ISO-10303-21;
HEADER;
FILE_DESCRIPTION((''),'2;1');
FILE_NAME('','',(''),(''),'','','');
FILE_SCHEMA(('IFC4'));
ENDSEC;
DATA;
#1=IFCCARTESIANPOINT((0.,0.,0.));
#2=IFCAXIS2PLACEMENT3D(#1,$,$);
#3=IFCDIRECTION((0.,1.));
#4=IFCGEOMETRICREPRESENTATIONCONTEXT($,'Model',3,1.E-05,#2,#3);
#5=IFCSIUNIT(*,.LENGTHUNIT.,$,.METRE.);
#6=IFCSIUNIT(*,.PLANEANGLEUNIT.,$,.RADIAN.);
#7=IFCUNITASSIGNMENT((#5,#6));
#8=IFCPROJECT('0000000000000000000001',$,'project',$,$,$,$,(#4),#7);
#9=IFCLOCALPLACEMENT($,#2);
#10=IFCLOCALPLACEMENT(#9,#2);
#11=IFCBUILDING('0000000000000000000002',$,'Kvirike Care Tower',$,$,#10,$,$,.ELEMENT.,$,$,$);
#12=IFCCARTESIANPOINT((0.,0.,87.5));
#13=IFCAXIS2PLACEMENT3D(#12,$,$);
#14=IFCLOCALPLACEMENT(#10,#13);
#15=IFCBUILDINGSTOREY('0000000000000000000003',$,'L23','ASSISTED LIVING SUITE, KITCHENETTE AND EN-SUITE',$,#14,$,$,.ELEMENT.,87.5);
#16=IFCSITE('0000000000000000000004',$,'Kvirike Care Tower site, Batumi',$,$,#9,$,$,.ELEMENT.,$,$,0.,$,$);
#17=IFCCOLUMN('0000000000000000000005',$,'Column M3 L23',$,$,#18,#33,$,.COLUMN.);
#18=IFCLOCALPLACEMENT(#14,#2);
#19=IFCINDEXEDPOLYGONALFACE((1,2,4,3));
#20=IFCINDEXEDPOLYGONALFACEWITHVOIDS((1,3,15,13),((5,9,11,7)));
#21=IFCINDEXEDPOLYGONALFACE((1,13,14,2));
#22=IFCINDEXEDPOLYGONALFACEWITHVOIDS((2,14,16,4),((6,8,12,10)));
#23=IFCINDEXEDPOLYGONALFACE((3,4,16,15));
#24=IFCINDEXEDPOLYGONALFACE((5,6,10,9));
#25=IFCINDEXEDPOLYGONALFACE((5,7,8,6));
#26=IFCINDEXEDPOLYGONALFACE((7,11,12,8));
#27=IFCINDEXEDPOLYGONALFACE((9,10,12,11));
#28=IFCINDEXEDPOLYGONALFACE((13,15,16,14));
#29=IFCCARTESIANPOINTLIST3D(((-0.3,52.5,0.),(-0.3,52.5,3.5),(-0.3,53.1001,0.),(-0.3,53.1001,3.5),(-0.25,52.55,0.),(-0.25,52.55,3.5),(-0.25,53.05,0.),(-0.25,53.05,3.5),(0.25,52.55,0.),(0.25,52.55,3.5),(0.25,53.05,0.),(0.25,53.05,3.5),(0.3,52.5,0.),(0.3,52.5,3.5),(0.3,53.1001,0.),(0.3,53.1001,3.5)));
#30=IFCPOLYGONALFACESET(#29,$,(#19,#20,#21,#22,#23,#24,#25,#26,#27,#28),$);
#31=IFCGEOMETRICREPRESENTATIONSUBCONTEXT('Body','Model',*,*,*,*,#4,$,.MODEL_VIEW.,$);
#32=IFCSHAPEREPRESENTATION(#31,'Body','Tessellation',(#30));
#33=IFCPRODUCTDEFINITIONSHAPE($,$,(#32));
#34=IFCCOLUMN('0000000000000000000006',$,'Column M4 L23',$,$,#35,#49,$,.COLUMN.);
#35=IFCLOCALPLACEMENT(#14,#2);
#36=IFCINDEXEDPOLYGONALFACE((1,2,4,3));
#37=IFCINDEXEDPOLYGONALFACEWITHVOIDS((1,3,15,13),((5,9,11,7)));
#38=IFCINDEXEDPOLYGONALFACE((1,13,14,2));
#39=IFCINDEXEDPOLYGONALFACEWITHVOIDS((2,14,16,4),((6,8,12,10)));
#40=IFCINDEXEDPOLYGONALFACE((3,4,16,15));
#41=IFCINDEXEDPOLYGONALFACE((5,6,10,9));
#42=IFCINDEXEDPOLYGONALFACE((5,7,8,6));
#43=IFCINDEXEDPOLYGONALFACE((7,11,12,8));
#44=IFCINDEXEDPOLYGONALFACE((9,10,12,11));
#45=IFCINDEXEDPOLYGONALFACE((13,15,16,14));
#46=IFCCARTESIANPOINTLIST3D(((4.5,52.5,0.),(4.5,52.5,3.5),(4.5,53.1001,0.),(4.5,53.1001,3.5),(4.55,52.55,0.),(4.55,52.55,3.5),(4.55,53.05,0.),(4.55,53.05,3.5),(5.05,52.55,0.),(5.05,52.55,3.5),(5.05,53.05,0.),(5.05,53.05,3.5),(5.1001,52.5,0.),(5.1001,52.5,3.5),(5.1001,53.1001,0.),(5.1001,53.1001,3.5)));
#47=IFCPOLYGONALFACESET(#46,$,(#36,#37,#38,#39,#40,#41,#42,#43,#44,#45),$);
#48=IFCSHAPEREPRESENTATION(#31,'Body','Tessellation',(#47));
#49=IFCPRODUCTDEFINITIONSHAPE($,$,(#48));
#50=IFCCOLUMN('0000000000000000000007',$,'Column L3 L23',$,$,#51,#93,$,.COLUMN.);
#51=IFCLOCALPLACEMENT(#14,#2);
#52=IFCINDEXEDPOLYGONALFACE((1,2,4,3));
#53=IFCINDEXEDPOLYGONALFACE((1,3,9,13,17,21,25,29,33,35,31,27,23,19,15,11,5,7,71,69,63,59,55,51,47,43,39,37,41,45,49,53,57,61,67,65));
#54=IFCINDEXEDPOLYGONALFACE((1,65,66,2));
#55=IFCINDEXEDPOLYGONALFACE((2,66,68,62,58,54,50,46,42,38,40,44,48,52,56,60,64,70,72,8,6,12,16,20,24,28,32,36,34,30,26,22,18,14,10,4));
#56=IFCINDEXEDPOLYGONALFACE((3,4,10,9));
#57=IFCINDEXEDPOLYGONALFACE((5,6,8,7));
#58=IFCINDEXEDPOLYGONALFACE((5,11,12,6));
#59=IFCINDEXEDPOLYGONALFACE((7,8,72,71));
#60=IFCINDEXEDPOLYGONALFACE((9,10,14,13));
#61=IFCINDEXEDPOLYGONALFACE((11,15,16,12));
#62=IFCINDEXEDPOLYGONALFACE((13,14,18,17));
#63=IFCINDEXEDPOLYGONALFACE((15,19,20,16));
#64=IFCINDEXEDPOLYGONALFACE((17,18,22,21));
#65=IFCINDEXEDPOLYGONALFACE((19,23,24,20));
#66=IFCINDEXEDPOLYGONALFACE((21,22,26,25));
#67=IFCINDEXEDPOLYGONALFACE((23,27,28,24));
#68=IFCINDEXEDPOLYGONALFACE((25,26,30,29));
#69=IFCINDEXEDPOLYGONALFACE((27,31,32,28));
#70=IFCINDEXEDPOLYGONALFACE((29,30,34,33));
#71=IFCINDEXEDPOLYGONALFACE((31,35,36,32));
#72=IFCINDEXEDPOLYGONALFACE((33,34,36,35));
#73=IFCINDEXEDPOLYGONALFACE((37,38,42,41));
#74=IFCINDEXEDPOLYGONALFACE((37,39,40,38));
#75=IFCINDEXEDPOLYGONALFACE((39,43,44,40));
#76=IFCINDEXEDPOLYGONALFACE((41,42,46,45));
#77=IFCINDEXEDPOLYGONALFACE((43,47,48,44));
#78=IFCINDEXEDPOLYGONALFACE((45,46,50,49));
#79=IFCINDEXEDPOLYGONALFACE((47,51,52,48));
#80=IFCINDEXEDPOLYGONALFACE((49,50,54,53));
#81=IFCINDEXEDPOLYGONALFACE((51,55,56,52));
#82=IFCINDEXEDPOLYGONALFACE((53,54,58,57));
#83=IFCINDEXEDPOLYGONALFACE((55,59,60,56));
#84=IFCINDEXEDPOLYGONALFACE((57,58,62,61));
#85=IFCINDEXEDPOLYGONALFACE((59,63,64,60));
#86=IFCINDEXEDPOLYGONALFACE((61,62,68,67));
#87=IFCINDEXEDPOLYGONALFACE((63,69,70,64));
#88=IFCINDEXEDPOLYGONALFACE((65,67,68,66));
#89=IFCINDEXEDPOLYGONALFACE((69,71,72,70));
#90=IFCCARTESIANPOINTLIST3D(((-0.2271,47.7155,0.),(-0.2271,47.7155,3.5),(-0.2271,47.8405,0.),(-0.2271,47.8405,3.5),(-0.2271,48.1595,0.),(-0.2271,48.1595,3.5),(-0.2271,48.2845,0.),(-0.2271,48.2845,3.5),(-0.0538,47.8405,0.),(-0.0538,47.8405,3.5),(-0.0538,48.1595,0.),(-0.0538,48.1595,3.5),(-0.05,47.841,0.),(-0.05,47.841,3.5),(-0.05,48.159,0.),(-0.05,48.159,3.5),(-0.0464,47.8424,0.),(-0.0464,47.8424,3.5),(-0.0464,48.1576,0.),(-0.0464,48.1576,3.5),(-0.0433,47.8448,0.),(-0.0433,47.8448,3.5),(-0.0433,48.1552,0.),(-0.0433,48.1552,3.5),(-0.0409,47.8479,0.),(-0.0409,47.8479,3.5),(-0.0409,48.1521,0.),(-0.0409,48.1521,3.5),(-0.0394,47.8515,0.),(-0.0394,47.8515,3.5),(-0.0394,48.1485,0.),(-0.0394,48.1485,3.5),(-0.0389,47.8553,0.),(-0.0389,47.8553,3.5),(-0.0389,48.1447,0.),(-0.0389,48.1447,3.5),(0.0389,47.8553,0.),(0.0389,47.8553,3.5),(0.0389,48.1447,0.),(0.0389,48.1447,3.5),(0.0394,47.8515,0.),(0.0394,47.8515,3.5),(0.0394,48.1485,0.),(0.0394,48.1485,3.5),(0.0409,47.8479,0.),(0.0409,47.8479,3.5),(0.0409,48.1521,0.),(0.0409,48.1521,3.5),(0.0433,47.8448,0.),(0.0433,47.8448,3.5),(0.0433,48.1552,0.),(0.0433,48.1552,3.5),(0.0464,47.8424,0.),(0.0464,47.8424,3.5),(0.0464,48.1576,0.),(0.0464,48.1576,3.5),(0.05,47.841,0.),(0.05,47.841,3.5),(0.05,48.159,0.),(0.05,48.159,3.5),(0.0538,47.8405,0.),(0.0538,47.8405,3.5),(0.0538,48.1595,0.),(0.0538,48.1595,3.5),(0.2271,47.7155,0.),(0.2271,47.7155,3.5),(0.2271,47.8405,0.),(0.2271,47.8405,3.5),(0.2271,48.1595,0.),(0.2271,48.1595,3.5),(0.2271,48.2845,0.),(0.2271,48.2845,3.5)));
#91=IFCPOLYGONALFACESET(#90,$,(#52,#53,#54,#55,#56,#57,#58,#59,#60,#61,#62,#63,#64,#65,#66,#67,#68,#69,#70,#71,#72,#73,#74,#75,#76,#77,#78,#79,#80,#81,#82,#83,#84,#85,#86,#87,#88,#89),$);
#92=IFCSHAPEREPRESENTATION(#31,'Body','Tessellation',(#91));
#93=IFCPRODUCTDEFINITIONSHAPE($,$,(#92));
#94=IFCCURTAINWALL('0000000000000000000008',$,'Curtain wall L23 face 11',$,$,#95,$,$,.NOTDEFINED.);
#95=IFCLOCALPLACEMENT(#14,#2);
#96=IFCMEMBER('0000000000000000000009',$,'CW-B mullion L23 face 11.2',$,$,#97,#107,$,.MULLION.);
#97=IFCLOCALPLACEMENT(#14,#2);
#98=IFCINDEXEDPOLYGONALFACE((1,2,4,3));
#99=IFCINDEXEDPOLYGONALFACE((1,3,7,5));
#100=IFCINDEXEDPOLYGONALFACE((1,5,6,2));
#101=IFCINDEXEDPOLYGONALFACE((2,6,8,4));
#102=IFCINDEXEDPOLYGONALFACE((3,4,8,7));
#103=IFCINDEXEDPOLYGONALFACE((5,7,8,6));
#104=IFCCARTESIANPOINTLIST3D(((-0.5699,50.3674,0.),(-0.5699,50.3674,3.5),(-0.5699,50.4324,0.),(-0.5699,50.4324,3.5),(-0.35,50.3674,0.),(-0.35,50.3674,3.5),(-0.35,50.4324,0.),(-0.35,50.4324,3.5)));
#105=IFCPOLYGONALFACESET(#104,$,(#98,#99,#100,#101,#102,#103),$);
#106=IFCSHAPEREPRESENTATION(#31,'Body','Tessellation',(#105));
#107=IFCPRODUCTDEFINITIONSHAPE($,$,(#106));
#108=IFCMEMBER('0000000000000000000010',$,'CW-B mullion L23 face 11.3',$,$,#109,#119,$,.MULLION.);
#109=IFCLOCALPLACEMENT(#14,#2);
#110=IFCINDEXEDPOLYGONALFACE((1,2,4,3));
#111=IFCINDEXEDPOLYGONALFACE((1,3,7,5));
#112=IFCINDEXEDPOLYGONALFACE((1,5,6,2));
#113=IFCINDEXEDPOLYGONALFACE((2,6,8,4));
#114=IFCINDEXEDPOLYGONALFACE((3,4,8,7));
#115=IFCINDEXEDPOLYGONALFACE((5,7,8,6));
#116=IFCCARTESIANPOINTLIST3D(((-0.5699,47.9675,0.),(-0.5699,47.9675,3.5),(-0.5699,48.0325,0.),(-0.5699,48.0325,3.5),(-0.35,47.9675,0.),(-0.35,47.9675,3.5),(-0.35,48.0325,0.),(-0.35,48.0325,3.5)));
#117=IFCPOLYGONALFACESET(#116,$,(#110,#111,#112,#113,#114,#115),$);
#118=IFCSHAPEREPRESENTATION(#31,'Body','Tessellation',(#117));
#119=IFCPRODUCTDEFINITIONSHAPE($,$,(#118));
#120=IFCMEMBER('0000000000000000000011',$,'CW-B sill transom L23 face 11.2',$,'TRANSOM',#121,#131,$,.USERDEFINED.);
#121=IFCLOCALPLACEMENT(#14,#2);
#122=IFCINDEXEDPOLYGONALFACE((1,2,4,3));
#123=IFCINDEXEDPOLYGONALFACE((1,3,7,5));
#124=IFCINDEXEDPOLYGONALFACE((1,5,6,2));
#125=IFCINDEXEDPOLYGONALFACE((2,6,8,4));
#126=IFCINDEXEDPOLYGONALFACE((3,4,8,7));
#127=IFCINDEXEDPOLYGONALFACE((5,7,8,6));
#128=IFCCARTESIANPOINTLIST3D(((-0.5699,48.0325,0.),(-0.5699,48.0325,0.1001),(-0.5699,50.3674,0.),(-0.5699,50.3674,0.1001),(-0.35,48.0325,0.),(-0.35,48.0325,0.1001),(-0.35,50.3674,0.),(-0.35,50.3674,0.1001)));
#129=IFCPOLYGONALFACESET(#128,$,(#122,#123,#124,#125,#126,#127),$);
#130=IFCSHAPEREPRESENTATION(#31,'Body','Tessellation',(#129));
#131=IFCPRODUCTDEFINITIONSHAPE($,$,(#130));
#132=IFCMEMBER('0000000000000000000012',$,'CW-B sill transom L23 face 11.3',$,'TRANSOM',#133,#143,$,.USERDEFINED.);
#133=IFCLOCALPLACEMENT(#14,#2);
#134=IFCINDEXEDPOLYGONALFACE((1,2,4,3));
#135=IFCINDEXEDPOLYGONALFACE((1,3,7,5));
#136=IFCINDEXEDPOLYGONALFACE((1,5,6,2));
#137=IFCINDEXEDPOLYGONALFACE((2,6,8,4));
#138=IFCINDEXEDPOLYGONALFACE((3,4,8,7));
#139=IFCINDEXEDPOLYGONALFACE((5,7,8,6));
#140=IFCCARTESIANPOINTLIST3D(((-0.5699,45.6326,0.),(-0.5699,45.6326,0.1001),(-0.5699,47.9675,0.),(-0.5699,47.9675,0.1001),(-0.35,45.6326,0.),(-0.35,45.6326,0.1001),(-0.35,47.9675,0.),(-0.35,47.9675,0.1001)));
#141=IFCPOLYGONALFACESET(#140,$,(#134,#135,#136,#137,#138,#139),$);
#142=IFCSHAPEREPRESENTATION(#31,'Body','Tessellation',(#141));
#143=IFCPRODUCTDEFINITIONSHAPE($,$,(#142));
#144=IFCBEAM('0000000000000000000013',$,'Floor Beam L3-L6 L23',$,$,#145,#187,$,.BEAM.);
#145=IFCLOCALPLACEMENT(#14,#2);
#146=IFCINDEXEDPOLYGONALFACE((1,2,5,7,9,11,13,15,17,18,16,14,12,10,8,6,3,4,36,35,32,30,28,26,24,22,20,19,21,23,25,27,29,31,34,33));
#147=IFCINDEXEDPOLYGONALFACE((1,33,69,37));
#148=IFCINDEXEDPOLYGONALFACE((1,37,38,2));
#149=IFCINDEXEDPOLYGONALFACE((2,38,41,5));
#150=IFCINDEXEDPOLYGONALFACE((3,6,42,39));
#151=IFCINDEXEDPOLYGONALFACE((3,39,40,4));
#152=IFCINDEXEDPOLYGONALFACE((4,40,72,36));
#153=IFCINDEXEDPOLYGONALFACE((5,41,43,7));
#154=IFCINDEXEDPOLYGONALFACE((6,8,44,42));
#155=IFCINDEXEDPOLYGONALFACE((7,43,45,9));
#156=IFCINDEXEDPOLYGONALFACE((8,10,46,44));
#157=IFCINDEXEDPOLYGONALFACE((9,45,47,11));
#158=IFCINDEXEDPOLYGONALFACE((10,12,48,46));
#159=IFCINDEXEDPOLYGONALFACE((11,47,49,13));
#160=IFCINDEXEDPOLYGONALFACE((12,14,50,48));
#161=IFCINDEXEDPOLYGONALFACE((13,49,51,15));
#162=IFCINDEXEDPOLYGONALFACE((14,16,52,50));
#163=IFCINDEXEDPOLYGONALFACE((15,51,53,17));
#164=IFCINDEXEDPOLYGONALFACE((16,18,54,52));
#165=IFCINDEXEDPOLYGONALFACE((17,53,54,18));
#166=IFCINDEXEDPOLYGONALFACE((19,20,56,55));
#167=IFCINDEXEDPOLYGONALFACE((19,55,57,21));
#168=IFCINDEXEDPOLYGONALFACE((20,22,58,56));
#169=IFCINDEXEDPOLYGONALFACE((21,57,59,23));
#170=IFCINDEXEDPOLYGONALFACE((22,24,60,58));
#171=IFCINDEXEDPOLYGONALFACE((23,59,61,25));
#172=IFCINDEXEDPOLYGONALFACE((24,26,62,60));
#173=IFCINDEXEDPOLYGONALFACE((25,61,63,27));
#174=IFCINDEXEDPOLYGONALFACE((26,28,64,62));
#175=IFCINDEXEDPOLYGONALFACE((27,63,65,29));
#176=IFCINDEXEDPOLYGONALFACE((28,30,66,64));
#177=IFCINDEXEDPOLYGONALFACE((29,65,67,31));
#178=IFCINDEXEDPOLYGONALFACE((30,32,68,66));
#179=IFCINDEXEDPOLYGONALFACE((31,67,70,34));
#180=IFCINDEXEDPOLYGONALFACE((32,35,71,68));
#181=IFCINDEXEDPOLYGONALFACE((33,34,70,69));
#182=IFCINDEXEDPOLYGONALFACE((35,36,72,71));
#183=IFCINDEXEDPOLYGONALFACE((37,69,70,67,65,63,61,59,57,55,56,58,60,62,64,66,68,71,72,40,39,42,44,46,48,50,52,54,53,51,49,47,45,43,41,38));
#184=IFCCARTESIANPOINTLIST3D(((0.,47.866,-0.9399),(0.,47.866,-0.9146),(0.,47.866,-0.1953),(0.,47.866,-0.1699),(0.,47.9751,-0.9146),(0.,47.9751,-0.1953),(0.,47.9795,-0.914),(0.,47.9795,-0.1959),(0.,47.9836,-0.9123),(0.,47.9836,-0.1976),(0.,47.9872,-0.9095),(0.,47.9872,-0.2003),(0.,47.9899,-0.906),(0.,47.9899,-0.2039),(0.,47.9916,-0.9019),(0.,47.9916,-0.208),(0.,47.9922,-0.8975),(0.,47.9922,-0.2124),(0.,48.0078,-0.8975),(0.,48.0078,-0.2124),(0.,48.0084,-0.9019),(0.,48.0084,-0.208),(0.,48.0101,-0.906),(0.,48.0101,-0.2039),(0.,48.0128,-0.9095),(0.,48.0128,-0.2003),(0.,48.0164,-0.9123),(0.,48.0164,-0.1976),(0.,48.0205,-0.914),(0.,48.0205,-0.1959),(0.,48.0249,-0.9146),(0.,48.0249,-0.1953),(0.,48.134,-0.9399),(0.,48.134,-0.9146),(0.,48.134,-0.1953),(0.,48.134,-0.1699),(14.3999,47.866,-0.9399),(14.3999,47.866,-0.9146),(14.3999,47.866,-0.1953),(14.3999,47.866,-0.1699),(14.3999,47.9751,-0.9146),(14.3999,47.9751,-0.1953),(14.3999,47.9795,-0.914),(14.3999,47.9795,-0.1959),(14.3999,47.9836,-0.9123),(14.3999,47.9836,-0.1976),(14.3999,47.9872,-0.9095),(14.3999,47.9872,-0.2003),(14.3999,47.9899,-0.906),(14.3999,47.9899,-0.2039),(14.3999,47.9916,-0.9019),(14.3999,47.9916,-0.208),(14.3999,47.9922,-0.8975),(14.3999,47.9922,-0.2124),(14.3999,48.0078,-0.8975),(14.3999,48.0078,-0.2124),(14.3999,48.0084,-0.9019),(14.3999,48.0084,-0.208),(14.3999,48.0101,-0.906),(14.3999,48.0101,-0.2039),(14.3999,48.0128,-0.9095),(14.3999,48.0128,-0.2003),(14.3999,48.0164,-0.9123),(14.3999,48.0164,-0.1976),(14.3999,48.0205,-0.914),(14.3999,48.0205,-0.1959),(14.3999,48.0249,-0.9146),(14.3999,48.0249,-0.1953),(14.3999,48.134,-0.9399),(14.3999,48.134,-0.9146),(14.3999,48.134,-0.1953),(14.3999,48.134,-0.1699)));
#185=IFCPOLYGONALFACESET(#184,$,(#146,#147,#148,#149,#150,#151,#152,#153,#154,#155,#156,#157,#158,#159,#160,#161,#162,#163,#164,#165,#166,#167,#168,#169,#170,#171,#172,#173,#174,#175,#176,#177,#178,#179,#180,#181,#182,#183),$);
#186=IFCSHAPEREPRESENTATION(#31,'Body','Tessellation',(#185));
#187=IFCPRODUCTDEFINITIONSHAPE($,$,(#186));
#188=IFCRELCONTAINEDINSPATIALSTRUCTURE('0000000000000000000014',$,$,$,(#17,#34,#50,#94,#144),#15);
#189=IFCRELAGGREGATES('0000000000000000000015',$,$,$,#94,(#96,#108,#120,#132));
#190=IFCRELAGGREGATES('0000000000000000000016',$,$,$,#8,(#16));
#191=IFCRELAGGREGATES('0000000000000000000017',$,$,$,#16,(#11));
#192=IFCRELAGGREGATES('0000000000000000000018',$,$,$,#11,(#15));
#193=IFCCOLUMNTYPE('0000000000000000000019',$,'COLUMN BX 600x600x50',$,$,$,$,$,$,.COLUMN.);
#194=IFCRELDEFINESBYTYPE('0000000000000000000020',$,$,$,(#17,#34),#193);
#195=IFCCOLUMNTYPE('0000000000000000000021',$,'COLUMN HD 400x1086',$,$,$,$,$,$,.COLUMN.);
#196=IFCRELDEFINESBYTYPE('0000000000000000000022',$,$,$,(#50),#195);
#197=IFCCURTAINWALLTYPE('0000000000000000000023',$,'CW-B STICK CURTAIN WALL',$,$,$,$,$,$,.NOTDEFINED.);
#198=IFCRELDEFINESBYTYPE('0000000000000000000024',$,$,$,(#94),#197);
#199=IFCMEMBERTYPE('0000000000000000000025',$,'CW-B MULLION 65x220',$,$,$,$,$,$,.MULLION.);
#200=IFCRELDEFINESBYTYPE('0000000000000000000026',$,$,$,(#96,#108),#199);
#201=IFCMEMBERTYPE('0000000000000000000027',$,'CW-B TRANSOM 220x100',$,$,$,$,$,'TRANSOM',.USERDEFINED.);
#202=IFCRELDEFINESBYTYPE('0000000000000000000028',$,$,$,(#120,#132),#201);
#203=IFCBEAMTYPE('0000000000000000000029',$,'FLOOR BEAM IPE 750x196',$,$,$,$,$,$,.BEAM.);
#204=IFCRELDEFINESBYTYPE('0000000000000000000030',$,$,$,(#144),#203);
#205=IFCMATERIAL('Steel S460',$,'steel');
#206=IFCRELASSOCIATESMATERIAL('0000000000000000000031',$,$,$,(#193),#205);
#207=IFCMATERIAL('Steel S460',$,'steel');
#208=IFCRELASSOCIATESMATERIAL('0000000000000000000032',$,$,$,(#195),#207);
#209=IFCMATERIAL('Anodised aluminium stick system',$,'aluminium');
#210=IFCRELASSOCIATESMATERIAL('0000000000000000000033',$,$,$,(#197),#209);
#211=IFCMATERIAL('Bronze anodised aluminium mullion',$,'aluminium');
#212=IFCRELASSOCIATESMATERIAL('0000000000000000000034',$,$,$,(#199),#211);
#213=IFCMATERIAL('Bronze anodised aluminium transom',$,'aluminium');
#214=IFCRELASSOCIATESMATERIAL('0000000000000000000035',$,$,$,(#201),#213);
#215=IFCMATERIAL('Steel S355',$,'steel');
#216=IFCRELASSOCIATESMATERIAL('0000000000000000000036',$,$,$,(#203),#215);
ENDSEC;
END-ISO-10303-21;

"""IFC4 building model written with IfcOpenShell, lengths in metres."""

from ifc_helpers import new_model, si_unit, direction, frame, origin, origin_2d, place, context, subcontext, project, spatial, rectangle, hollow_rectangle, i_section, extrude, material, material_profile, profile_set, type_object, element, aggregate, save


model = new_model("IFC4")

# Units and contexts
model_context = context("Model", 3, precision=1e-05, world=origin(), true_north=direction((0.0, 1.0)))
body_context = subcontext(model_context, "Body", "Model", "MODEL_VIEW")
ifc_project = project(units=[si_unit("LENGTHUNIT", "METRE"), si_unit("PLANEANGLEUNIT", "RADIAN")], contexts=[model_context])

# Site, building, storey
site_placement = place(None, origin())
site = spatial("IfcSite", under=ifc_project, at=site_placement, Name="Kvirike Care Tower site, Batumi", CompositionType="ELEMENT", RefElevation=0.0)
building_placement = place(site_placement, origin())
building = spatial("IfcBuilding", under=site, at=building_placement, Name="Kvirike Care Tower", CompositionType="ELEMENT")
storey_placement = place(building_placement, frame((0.0, 0.0, 87.5)))
storey = spatial("IfcBuildingStorey", under=building, at=storey_placement, Name="L23", Description="ASSISTED LIVING SUITE, KITCHENETTE AND EN-SUITE", CompositionType="ELEMENT", Elevation=87.5)

# Columns
ifc_material_1 = material(Name="Steel S460", Category="steel")
ifc_material_profile_1 = material_profile(ifc_material_1, hollow_rectangle(XDim=0.6001, YDim=0.6001, WallThickness=0.05, at=origin_2d()), Name="BX 600x600x50")
ifc_profile_set_1 = profile_set([ifc_material_profile_1], Name="Steel S460")
column_type_1 = type_object("IfcColumnType", Name="COLUMN BX 600x600x50", PredefinedType="COLUMN", material=ifc_profile_set_1)
for number, where, z_axis, x_axis, name in (
    (1, (0.0, 52.8, 0.0), (0.0, 0.0, 1.0), (0.0, 1.0, 0.0), "Column M3 L23"),
    (2, (4.8, 52.8, 0.0), (0.0, 0.0, 1.0), (0.0, 1.0, 0.0), "Column M4 L23"),
):
    element("IfcColumn", number, at=place(storey_placement, frame(where, z_axis=z_axis, x_axis=x_axis)), inside=storey, type_object=column_type_1, Name=name, PredefinedType="COLUMN", context=body_context, shape_type="SweptSolid", body=[
        extrude(hollow_rectangle(XDim=0.6001, YDim=0.6001, WallThickness=0.05, at=origin_2d()), origin(), (0.0, 0.0, 1.0), 3.5),
    ])
ifc_material_2 = material(Name="Steel S460", Category="steel")
ifc_material_profile_2 = material_profile(ifc_material_2, i_section(OverallWidth=0.4541, OverallDepth=0.5691, WebThickness=0.0779, FlangeThickness=0.125, FilletRadius=0.0149, at=origin_2d()), Name="HD 400x1086")
ifc_profile_set_2 = profile_set([ifc_material_profile_2], Name="Steel S460")
column_type_2 = type_object("IfcColumnType", Name="COLUMN HD 400x1086", PredefinedType="COLUMN", material=ifc_profile_set_2)
column_placement = place(storey_placement, frame((0.0, 48.0, 0.0), z_axis=(0.0, 0.0, 1.0), x_axis=(1.0, 0.0, 0.0)))
element("IfcColumn", 3, at=column_placement, inside=storey, type_object=column_type_2, Name="Column L3 L23", PredefinedType="COLUMN", context=body_context, shape_type="SweptSolid", body=[
    extrude(i_section(OverallWidth=0.4541, OverallDepth=0.5691, WebThickness=0.0779, FlangeThickness=0.125, FilletRadius=0.0149, at=origin_2d()), origin(), (0.0, 0.0, 1.0), 3.5),
])

# Curtain wall, members
ifc_material_3 = material(Name="Anodised aluminium stick system", Category="aluminium")
curtain_wall_type = type_object("IfcCurtainWallType", Name="CW-B STICK CURTAIN WALL", PredefinedType="NOTDEFINED", material=ifc_material_3)
curtain_wall_placement = place(storey_placement, origin())
curtain_wall = element("IfcCurtainWall", 4, at=curtain_wall_placement, inside=storey, type_object=curtain_wall_type, Name="Curtain wall L23 face 11", PredefinedType="NOTDEFINED")
ifc_material_4 = material(Name="Bronze anodised aluminium mullion", Category="aluminium")
ifc_material_profile_3 = material_profile(ifc_material_4, rectangle(XDim=0.0649, YDim=0.22, at=origin_2d()), Name="CW-B MULLION 65x220")
ifc_profile_set_3 = profile_set([ifc_material_profile_3], Name="Bronze anodised aluminium mullion")
member_type_1 = type_object("IfcMemberType", Name="CW-B MULLION 65x220", PredefinedType="MULLION", material=ifc_profile_set_3)
member_1_placement = place(storey_placement, frame((-0.46, 50.3999, 0.0), z_axis=(0.0, 0.0, 1.0), x_axis=(0.0, -1.0, 0.0)))
member_1 = element("IfcMember", 5, at=member_1_placement, type_object=member_type_1, Name="CW-B mullion L23 face 11.2", PredefinedType="MULLION", context=body_context, shape_type="SweptSolid", body=[
    extrude(rectangle(XDim=0.0649, YDim=0.22, at=origin_2d()), origin(), (0.0, 0.0, 1.0), 3.5),
])
member_2_placement = place(storey_placement, frame((-0.46, 48.0, 0.0), z_axis=(0.0, 0.0, 1.0), x_axis=(0.0, -1.0, 0.0)))
member_2 = element("IfcMember", 6, at=member_2_placement, type_object=member_type_1, Name="CW-B mullion L23 face 11.3", PredefinedType="MULLION", context=body_context, shape_type="SweptSolid", body=[
    extrude(rectangle(XDim=0.0649, YDim=0.22, at=origin_2d()), origin(), (0.0, 0.0, 1.0), 3.5),
])
ifc_material_5 = material(Name="Bronze anodised aluminium transom", Category="aluminium")
ifc_material_profile_4 = material_profile(ifc_material_5, rectangle(XDim=0.22, YDim=0.1001, at=origin_2d()), Name="CW-B TRANSOM 220x100")
ifc_profile_set_4 = profile_set([ifc_material_profile_4], Name="Bronze anodised aluminium transom")
member_type_2 = type_object("IfcMemberType", Name="CW-B TRANSOM 220x100", ElementType="TRANSOM", PredefinedType="USERDEFINED", material=ifc_profile_set_4)
member_3_placement = place(storey_placement, frame((-0.46, 50.3674, 0.05), z_axis=(0.0, -1.0, 0.0), x_axis=(1.0, 0.0, 0.0)))
member_3 = element("IfcMember", 7, at=member_3_placement, type_object=member_type_2, Name="CW-B sill transom L23 face 11.2", ObjectType="TRANSOM", PredefinedType="USERDEFINED", context=body_context, shape_type="SweptSolid", body=[
    extrude(rectangle(XDim=0.22, YDim=0.1001, at=origin_2d()), origin(), (0.0, 0.0, 1.0), 2.335),
])
member_4_placement = place(storey_placement, frame((-0.46, 47.9675, 0.05), z_axis=(0.0, -1.0, 0.0), x_axis=(1.0, 0.0, 0.0)))
member_4 = element("IfcMember", 8, at=member_4_placement, type_object=member_type_2, Name="CW-B sill transom L23 face 11.3", ObjectType="TRANSOM", PredefinedType="USERDEFINED", context=body_context, shape_type="SweptSolid", body=[
    extrude(rectangle(XDim=0.22, YDim=0.1001, at=origin_2d()), origin(), (0.0, 0.0, 1.0), 2.335),
])

# Beam
ifc_material_6 = material(Name="Steel S355", Category="steel")
ifc_material_profile_5 = material_profile(ifc_material_6, i_section(OverallWidth=0.2681, OverallDepth=0.77, WebThickness=0.0156, FlangeThickness=0.0254, FilletRadius=0.0171, at=origin_2d()), Name="IPE 750x196")
ifc_profile_set_5 = profile_set([ifc_material_profile_5], Name="Steel S355")
beam_type_1 = type_object("IfcBeamType", Name="FLOOR BEAM IPE 750x196", PredefinedType="BEAM", material=ifc_profile_set_5)
beam_1_placement = place(storey_placement, frame((0.0, 48.0, -0.5549), z_axis=(1.0, 0.0, 0.0), x_axis=(0.0, 1.0, 0.0)))
element("IfcBeam", 9, at=beam_1_placement, inside=storey, type_object=beam_type_1, Name="Floor Beam L3-L6 L23", PredefinedType="BEAM", context=body_context, shape_type="SweptSolid", body=[
    extrude(i_section(OverallWidth=0.2681, OverallDepth=0.77, WebThickness=0.0156, FlangeThickness=0.0254, FilletRadius=0.0171, at=origin_2d()), origin(), (0.0, 0.0, 1.0), 14.3999),
])

aggregate(curtain_wall, [member_1, member_2, member_3, member_4])

save(model, "model.ifc")
